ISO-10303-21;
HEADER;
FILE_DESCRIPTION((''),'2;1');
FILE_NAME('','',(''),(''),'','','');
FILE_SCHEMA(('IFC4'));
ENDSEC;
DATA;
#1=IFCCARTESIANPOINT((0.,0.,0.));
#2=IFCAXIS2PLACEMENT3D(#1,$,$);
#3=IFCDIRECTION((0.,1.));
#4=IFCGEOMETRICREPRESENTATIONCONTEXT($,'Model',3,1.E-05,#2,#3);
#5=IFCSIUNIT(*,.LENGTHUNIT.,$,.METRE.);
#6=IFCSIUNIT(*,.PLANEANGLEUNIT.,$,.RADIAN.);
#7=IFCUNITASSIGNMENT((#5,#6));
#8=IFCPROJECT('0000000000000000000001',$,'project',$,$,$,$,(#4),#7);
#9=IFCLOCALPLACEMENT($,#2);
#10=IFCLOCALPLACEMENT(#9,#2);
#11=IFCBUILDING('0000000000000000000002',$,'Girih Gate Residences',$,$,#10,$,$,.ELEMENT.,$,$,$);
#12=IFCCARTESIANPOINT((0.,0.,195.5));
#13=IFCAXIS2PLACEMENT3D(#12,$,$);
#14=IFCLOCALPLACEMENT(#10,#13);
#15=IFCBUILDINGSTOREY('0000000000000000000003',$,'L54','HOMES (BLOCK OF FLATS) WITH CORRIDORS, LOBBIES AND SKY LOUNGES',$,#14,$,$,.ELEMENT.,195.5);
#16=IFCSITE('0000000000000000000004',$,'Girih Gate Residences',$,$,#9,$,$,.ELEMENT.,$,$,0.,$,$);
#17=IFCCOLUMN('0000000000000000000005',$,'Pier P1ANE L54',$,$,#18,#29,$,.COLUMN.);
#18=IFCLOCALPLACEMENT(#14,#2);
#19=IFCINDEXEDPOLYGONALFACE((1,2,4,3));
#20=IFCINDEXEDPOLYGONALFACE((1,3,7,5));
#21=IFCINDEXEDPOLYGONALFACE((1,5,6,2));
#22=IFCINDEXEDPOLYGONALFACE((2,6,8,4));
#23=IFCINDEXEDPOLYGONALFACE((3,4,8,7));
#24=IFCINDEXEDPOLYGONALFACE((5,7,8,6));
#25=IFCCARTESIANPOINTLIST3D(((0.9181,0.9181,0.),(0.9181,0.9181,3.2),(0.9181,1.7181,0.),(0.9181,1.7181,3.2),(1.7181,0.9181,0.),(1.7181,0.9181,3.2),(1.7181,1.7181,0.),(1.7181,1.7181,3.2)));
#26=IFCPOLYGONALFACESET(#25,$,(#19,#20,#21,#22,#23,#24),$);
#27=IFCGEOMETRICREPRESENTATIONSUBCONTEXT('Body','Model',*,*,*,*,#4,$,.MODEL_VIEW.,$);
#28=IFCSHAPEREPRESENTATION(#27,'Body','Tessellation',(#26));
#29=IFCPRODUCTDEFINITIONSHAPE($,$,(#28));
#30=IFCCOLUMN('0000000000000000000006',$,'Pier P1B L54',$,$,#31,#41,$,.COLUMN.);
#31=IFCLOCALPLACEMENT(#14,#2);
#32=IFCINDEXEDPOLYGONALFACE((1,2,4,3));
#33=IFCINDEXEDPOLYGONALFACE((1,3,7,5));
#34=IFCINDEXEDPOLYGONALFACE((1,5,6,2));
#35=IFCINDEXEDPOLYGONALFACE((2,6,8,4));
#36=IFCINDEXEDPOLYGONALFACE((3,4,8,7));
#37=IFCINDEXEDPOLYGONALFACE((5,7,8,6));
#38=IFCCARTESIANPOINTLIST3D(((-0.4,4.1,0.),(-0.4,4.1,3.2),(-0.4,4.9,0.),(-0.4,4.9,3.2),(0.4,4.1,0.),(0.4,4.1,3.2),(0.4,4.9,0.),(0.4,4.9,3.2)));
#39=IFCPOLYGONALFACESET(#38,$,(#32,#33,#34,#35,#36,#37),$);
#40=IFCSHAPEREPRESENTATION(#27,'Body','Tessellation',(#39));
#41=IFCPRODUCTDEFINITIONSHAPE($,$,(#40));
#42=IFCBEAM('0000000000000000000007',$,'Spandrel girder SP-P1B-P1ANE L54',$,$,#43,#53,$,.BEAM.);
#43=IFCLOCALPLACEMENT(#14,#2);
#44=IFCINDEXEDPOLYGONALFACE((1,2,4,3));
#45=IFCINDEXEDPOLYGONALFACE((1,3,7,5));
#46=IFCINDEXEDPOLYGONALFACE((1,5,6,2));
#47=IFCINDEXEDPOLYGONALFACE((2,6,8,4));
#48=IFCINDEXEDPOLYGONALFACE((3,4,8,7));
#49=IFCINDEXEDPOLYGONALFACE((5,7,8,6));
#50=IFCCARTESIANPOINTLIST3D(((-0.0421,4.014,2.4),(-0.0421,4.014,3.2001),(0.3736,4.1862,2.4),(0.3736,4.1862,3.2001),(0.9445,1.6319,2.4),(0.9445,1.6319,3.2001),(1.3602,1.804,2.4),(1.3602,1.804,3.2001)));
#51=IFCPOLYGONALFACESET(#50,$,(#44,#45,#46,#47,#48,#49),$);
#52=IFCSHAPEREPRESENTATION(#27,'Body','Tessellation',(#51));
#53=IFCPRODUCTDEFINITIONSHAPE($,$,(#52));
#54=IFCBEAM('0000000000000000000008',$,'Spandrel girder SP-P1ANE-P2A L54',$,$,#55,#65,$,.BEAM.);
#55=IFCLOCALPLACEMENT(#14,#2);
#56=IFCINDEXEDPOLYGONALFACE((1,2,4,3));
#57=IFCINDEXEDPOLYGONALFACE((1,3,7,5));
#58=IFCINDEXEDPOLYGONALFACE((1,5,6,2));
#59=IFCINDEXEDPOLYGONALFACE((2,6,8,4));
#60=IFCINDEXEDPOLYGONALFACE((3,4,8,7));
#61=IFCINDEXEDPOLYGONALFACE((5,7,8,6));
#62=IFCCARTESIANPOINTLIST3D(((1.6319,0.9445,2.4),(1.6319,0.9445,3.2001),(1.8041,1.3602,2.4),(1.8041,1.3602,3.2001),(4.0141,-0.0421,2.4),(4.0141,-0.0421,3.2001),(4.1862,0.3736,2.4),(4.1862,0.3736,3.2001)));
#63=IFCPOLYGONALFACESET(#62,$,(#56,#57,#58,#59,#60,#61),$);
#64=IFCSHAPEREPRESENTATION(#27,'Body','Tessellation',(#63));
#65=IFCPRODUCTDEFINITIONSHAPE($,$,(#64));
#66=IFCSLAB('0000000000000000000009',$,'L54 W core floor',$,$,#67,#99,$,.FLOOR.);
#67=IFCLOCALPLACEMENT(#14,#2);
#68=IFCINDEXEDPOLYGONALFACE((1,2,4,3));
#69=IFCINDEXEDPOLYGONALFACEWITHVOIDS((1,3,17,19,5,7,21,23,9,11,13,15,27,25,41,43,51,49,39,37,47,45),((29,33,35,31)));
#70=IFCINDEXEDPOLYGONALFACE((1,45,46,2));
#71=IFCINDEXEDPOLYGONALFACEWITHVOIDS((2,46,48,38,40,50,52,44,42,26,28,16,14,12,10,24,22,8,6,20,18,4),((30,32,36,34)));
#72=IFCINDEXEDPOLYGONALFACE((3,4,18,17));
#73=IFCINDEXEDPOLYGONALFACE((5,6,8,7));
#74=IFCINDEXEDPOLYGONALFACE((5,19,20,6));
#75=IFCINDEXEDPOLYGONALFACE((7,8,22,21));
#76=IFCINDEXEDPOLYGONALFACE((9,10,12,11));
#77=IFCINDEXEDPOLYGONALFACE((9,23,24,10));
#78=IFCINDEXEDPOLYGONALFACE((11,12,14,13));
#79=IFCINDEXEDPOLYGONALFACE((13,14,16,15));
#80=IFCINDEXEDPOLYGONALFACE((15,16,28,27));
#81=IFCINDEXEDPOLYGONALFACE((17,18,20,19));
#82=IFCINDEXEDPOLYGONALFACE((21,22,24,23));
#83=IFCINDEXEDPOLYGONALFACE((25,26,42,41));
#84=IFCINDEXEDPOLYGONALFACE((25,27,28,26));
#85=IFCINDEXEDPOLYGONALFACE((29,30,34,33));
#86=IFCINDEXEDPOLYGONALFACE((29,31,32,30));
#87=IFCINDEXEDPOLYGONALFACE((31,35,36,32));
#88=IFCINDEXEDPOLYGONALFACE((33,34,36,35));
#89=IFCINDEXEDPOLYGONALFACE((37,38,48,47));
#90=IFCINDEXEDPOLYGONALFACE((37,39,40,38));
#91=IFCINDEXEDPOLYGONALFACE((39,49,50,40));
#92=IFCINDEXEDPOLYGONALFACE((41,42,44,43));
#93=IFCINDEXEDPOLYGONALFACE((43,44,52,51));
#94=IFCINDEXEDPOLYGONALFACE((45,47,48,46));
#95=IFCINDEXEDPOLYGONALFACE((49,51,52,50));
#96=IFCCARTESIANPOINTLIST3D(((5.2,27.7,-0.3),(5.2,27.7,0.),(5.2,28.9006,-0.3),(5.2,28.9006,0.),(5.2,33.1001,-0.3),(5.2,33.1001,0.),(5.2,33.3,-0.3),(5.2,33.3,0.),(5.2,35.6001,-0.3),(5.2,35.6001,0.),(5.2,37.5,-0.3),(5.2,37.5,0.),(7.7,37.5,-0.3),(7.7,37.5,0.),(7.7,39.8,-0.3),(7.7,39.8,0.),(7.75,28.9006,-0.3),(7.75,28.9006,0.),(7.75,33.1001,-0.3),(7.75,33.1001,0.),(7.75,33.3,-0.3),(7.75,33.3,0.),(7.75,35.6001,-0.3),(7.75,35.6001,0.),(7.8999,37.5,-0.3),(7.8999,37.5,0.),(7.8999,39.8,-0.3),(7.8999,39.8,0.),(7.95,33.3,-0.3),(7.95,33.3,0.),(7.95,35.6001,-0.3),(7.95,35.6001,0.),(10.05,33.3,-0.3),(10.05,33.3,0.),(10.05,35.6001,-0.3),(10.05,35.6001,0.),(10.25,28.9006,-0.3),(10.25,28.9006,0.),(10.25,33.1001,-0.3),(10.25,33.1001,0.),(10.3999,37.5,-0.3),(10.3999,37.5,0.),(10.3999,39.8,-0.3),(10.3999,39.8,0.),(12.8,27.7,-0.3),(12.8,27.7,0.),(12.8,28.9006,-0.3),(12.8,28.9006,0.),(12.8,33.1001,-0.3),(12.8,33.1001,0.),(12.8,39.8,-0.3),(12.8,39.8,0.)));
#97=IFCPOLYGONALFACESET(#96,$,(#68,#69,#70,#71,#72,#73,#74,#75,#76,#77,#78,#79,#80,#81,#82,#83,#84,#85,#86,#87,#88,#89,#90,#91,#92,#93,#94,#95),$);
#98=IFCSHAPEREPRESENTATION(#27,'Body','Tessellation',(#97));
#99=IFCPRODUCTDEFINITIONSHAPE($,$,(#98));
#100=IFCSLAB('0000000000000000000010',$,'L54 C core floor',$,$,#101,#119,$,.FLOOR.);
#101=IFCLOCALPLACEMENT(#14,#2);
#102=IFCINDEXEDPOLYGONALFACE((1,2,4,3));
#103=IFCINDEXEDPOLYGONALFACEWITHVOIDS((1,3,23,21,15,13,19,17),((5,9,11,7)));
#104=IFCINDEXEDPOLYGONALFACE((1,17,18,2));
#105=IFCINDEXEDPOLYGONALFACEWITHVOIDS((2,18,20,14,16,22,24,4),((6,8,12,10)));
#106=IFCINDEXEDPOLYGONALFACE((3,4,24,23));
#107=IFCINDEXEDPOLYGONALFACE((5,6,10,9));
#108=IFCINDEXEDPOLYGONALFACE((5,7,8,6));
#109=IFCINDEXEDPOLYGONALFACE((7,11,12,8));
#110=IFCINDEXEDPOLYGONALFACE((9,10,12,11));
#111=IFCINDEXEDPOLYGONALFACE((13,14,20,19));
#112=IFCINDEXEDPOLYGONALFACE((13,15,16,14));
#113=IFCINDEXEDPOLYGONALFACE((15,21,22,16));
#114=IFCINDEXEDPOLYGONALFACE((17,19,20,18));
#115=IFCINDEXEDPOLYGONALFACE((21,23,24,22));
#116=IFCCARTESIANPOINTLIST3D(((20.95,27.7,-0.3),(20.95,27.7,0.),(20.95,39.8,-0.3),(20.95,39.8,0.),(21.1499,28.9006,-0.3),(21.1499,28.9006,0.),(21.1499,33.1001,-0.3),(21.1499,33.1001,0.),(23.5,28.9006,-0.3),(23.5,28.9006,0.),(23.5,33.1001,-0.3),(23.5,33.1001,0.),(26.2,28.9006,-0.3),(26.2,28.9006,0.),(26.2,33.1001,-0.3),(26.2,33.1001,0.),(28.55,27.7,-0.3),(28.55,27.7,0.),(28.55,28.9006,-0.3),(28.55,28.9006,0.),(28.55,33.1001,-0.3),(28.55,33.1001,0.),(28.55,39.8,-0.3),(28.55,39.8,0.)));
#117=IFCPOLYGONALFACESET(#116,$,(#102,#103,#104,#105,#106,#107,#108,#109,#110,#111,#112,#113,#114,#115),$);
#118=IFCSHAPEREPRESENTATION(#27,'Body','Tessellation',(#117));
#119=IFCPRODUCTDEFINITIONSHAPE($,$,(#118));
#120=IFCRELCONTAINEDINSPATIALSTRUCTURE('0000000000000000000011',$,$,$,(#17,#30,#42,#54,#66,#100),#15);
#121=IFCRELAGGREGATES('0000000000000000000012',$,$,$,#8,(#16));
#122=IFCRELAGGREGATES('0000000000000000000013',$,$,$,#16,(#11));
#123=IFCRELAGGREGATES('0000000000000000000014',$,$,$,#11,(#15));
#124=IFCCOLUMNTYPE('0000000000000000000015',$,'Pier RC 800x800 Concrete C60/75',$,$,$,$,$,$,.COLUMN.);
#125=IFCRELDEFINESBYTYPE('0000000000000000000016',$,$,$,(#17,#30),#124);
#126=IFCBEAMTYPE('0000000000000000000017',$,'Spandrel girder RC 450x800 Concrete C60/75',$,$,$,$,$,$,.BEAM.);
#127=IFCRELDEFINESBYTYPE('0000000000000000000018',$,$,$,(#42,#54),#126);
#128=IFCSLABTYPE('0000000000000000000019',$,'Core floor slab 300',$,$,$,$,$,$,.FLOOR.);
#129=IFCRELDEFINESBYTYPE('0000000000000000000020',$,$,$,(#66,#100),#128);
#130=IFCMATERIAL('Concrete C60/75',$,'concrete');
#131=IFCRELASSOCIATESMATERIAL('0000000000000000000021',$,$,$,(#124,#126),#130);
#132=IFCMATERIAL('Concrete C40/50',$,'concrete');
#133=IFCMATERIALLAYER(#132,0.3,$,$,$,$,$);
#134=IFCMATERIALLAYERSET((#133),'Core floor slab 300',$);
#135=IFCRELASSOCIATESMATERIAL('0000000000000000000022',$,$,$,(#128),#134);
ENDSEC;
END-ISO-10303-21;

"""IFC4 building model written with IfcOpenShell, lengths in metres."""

from ifc_helpers import new_model, si_unit, direction, frame, origin, origin_2d, place, context, subcontext, project, spatial, polyline, rectangle, outline, extrude, material, layer, layer_set, material_profile, profile_set, type_object, element, save


model = new_model("IFC4")

# Units and contexts
model_context = context("Model", 3, precision=1e-05, world=origin(), true_north=direction((0.0, 1.0)))
body_context = subcontext(model_context, "Body", "Model", "MODEL_VIEW")
ifc_project = project(units=[si_unit("LENGTHUNIT", "METRE"), si_unit("PLANEANGLEUNIT", "RADIAN")], contexts=[model_context])

# Site, building, storey
site_placement = place(None, origin())
site = spatial("IfcSite", under=ifc_project, at=site_placement, Name="Girih Gate Residences", CompositionType="ELEMENT", RefElevation=0.0)
building_placement = place(site_placement, origin())
building = spatial("IfcBuilding", under=site, at=building_placement, Name="Girih Gate Residences", CompositionType="ELEMENT")
storey_placement = place(building_placement, frame((0.0, 0.0, 195.5)))
storey = spatial("IfcBuildingStorey", under=building, at=storey_placement, Name="L54", Description="HOMES (BLOCK OF FLATS) WITH CORRIDORS, LOBBIES AND SKY LOUNGES", CompositionType="ELEMENT", Elevation=195.5)

# Columns
ifc_material_1 = material(Name="Concrete C60/75", Category="concrete")
ifc_material_profile_1 = material_profile(ifc_material_1, rectangle(XDim=0.8, YDim=0.8, at=origin_2d()))
ifc_profile_set_1 = profile_set([ifc_material_profile_1], Name="Concrete C60/75")
column_type = type_object("IfcColumnType", Name="Pier RC 800x800 Concrete C60/75", PredefinedType="COLUMN", material=ifc_profile_set_1)
for number, where, z_axis, x_axis, name in (
    (1, (1.3181, 1.3181, 0.0), (0.0, 0.0, 1.0), (1.0, 0.0, 0.0), "Pier P1ANE L54"),
    (2, (0.0, 4.5, 0.0), (0.0, 0.0, 1.0), (1.0, 0.0, 0.0), "Pier P1B L54"),
):
    element("IfcColumn", number, at=place(storey_placement, frame(where, z_axis=z_axis, x_axis=x_axis)), inside=storey, type_object=column_type, Name=name, PredefinedType="COLUMN", context=body_context, shape_type="SweptSolid", body=[
        extrude(rectangle(XDim=0.8, YDim=0.8, at=origin_2d()), origin(), (0.0, 0.0, 1.0), 3.2),
    ])

# Beams
ifc_material_profile_2 = material_profile(ifc_material_1, rectangle(XDim=0.45, YDim=0.8, at=origin_2d()))
ifc_profile_set_2 = profile_set([ifc_material_profile_2], Name="Concrete C60/75")
beam_type = type_object("IfcBeamType", Name="Spandrel girder RC 450x800 Concrete C60/75", PredefinedType="BEAM", material=ifc_profile_set_2)
for number, where, z_axis, x_axis, name in (
    (3, (0.1658, 4.1001, 2.8), (0.382644, -0.923896, 0.0), (0.923896, 0.382644, 0.0), "Spandrel girder SP-P1B-P1ANE L54"),
    (4, (1.718, 1.1523, 2.8), (0.923896, -0.382644, 0.0), (0.382644, 0.923896, 0.0), "Spandrel girder SP-P1ANE-P2A L54"),
):
    element("IfcBeam", number, at=place(storey_placement, frame(where, z_axis=z_axis, x_axis=x_axis)), inside=storey, type_object=beam_type, Name=name, PredefinedType="BEAM", context=body_context, shape_type="SweptSolid", body=[
        extrude(rectangle(XDim=0.45, YDim=0.8, at=origin_2d()), origin(), (0.0, 0.0, 1.0), 2.5784),
    ])

# Slabs
ifc_material_2 = material(Name="Concrete C40/50", Category="concrete")
ifc_layer_1 = layer(ifc_material_2, 0.3)
ifc_layer_set_1 = layer_set([ifc_layer_1], Name="Core floor slab 300")
slab_type_1 = type_object("IfcSlabType", Name="Core floor slab 300", PredefinedType="FLOOR", material=ifc_layer_set_1)
slab_1_placement = place(storey_placement, frame((0.0, 0.0, -0.3)))
element("IfcSlab", 5, at=slab_1_placement, inside=storey, type_object=slab_type_1, Name="L54 W core floor", PredefinedType="FLOOR", context=body_context, shape_type="SweptSolid", body=[
    extrude(outline(polyline([(12.8, 27.7), (5.2, 27.7), (5.2, 28.9006), (7.75, 28.9006), (7.75, 33.1001), (5.2, 33.1001), (5.2, 33.3), (7.75, 33.3), (7.75, 35.6001), (5.2, 35.6001), (5.2, 37.5), (7.7, 37.5), (7.7, 39.8), (7.8999, 39.8), (7.8999, 37.5), (10.3999, 37.5), (10.3999, 39.8), (12.8, 39.8), (12.8, 33.1001), (10.25, 33.1001), (10.25, 28.9006), (12.8, 28.9006), (12.8, 27.7)]), holes=[polyline([(7.95, 33.3), (10.05, 33.3), (10.05, 35.6001), (7.95, 35.6001), (7.95, 33.3)])]), origin(), (0.0, 0.0, 1.0), 0.3),
])
slab_2_placement = place(storey_placement, frame((0.0, 0.0, -0.3)))
element("IfcSlab", 6, at=slab_2_placement, inside=storey, type_object=slab_type_1, Name="L54 C core floor", PredefinedType="FLOOR", context=body_context, shape_type="SweptSolid", body=[
    extrude(outline(polyline([(28.55, 27.7), (20.95, 27.7), (20.95, 39.8), (28.55, 39.8), (28.55, 33.1001), (26.2, 33.1001), (26.2, 28.9006), (28.55, 28.9006), (28.55, 27.7)]), holes=[polyline([(23.5, 28.9006), (23.5, 33.1001), (21.1499, 33.1001), (21.1499, 28.9006), (23.5, 28.9006)])]), origin(), (0.0, 0.0, 1.0), 0.3),
])

save(model, "model.ifc")
